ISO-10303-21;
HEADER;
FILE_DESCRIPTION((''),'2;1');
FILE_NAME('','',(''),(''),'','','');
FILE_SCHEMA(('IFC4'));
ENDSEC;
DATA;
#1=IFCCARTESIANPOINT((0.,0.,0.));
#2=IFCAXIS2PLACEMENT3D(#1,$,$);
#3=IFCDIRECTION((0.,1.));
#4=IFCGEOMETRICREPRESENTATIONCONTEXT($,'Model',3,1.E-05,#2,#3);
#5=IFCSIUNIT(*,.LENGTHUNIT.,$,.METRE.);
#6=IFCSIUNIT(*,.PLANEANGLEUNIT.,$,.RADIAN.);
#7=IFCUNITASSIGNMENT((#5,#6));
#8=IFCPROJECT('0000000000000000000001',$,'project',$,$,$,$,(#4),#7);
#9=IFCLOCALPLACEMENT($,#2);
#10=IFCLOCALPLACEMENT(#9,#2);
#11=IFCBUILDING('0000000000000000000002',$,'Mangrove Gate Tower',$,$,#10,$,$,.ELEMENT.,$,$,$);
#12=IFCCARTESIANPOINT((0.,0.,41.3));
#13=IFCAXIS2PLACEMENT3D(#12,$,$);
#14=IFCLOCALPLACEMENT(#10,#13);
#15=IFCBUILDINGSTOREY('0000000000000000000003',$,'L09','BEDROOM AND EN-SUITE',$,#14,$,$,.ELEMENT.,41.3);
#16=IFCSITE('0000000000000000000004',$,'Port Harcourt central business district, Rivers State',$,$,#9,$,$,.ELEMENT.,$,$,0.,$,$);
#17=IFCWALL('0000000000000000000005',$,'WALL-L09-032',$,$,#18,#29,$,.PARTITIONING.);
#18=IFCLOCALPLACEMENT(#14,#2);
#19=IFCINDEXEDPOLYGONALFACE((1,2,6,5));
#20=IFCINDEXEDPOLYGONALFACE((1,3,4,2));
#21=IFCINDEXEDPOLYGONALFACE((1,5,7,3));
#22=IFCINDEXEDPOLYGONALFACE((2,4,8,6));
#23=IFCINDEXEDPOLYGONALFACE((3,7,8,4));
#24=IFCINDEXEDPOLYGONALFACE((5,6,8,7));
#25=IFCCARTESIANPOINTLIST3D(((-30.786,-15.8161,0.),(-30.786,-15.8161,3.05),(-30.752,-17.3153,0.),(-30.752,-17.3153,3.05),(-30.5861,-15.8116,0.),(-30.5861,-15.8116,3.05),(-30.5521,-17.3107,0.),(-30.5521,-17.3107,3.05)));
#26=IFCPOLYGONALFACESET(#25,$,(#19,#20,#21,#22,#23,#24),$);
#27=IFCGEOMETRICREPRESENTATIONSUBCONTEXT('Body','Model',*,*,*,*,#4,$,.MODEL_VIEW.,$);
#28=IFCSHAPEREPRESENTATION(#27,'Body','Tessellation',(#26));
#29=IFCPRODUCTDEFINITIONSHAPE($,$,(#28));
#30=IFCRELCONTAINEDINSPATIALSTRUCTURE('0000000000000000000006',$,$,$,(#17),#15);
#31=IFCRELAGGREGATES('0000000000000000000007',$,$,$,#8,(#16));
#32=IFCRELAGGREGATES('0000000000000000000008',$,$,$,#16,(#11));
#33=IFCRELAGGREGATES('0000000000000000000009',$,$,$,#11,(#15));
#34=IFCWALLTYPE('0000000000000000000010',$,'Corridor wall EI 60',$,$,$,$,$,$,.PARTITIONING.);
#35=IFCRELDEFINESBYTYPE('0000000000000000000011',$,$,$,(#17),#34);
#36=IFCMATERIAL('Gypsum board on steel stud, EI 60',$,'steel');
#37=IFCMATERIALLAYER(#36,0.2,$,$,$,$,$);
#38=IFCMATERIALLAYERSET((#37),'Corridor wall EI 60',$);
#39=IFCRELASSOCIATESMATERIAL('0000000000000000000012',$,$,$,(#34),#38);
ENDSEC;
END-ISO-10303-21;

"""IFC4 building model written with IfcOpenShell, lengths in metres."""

from ifc_helpers import new_model, si_unit, direction, frame, frame_2d, origin, place, context, subcontext, project, spatial, rectangle, extrude, material, layer, layer_set, type_object, element, save


model = new_model("IFC4")

# Units and contexts
model_context = context("Model", 3, precision=1e-05, world=origin(), true_north=direction((0.0, 1.0)))
body_context = subcontext(model_context, "Body", "Model", "MODEL_VIEW")
ifc_project = project(units=[si_unit("LENGTHUNIT", "METRE"), si_unit("PLANEANGLEUNIT", "RADIAN")], contexts=[model_context])

# Site, building, storey
site_placement = place(None, origin())
site = spatial("IfcSite", under=ifc_project, at=site_placement, Name="Port Harcourt central business district, Rivers State", CompositionType="ELEMENT", RefElevation=0.0)
building_placement = place(site_placement, origin())
building = spatial("IfcBuilding", under=site, at=building_placement, Name="Mangrove Gate Tower", CompositionType="ELEMENT")
storey_placement = place(building_placement, frame((0.0, 0.0, 41.3)))
storey = spatial("IfcBuildingStorey", under=building, at=storey_placement, Name="L09", Description="BEDROOM AND EN-SUITE", CompositionType="ELEMENT", Elevation=41.3)

# Shared definitions
ifc_material_1 = material(Name="Gypsum board on steel stud, EI 60", Category="steel")
ifc_layer = layer(ifc_material_1, 0.2)
ifc_layer_set = layer_set([ifc_layer], Name="Corridor wall EI 60")
wall_type = type_object("IfcWallType", Name="Corridor wall EI 60", PredefinedType="PARTITIONING", material=ifc_layer_set)

# Wall
wall_1_placement = place(storey_placement, frame((-30.6521, -17.313, 0.0), z_axis=(0.0, 0.0, 1.0), x_axis=(-0.022633, 0.999744, 0.0)))
element("IfcWall", 1, at=wall_1_placement, inside=storey, type_object=wall_type, Name="WALL-L09-032", PredefinedType="PARTITIONING", context=body_context, shape_type="SweptSolid", body=[
    extrude(rectangle(XDim=1.4995, YDim=0.2, at=frame_2d((0.7498, 0.0))), origin(), (0.0, 0.0, 1.0), 3.05),
])

save(model, "model.ifc")
